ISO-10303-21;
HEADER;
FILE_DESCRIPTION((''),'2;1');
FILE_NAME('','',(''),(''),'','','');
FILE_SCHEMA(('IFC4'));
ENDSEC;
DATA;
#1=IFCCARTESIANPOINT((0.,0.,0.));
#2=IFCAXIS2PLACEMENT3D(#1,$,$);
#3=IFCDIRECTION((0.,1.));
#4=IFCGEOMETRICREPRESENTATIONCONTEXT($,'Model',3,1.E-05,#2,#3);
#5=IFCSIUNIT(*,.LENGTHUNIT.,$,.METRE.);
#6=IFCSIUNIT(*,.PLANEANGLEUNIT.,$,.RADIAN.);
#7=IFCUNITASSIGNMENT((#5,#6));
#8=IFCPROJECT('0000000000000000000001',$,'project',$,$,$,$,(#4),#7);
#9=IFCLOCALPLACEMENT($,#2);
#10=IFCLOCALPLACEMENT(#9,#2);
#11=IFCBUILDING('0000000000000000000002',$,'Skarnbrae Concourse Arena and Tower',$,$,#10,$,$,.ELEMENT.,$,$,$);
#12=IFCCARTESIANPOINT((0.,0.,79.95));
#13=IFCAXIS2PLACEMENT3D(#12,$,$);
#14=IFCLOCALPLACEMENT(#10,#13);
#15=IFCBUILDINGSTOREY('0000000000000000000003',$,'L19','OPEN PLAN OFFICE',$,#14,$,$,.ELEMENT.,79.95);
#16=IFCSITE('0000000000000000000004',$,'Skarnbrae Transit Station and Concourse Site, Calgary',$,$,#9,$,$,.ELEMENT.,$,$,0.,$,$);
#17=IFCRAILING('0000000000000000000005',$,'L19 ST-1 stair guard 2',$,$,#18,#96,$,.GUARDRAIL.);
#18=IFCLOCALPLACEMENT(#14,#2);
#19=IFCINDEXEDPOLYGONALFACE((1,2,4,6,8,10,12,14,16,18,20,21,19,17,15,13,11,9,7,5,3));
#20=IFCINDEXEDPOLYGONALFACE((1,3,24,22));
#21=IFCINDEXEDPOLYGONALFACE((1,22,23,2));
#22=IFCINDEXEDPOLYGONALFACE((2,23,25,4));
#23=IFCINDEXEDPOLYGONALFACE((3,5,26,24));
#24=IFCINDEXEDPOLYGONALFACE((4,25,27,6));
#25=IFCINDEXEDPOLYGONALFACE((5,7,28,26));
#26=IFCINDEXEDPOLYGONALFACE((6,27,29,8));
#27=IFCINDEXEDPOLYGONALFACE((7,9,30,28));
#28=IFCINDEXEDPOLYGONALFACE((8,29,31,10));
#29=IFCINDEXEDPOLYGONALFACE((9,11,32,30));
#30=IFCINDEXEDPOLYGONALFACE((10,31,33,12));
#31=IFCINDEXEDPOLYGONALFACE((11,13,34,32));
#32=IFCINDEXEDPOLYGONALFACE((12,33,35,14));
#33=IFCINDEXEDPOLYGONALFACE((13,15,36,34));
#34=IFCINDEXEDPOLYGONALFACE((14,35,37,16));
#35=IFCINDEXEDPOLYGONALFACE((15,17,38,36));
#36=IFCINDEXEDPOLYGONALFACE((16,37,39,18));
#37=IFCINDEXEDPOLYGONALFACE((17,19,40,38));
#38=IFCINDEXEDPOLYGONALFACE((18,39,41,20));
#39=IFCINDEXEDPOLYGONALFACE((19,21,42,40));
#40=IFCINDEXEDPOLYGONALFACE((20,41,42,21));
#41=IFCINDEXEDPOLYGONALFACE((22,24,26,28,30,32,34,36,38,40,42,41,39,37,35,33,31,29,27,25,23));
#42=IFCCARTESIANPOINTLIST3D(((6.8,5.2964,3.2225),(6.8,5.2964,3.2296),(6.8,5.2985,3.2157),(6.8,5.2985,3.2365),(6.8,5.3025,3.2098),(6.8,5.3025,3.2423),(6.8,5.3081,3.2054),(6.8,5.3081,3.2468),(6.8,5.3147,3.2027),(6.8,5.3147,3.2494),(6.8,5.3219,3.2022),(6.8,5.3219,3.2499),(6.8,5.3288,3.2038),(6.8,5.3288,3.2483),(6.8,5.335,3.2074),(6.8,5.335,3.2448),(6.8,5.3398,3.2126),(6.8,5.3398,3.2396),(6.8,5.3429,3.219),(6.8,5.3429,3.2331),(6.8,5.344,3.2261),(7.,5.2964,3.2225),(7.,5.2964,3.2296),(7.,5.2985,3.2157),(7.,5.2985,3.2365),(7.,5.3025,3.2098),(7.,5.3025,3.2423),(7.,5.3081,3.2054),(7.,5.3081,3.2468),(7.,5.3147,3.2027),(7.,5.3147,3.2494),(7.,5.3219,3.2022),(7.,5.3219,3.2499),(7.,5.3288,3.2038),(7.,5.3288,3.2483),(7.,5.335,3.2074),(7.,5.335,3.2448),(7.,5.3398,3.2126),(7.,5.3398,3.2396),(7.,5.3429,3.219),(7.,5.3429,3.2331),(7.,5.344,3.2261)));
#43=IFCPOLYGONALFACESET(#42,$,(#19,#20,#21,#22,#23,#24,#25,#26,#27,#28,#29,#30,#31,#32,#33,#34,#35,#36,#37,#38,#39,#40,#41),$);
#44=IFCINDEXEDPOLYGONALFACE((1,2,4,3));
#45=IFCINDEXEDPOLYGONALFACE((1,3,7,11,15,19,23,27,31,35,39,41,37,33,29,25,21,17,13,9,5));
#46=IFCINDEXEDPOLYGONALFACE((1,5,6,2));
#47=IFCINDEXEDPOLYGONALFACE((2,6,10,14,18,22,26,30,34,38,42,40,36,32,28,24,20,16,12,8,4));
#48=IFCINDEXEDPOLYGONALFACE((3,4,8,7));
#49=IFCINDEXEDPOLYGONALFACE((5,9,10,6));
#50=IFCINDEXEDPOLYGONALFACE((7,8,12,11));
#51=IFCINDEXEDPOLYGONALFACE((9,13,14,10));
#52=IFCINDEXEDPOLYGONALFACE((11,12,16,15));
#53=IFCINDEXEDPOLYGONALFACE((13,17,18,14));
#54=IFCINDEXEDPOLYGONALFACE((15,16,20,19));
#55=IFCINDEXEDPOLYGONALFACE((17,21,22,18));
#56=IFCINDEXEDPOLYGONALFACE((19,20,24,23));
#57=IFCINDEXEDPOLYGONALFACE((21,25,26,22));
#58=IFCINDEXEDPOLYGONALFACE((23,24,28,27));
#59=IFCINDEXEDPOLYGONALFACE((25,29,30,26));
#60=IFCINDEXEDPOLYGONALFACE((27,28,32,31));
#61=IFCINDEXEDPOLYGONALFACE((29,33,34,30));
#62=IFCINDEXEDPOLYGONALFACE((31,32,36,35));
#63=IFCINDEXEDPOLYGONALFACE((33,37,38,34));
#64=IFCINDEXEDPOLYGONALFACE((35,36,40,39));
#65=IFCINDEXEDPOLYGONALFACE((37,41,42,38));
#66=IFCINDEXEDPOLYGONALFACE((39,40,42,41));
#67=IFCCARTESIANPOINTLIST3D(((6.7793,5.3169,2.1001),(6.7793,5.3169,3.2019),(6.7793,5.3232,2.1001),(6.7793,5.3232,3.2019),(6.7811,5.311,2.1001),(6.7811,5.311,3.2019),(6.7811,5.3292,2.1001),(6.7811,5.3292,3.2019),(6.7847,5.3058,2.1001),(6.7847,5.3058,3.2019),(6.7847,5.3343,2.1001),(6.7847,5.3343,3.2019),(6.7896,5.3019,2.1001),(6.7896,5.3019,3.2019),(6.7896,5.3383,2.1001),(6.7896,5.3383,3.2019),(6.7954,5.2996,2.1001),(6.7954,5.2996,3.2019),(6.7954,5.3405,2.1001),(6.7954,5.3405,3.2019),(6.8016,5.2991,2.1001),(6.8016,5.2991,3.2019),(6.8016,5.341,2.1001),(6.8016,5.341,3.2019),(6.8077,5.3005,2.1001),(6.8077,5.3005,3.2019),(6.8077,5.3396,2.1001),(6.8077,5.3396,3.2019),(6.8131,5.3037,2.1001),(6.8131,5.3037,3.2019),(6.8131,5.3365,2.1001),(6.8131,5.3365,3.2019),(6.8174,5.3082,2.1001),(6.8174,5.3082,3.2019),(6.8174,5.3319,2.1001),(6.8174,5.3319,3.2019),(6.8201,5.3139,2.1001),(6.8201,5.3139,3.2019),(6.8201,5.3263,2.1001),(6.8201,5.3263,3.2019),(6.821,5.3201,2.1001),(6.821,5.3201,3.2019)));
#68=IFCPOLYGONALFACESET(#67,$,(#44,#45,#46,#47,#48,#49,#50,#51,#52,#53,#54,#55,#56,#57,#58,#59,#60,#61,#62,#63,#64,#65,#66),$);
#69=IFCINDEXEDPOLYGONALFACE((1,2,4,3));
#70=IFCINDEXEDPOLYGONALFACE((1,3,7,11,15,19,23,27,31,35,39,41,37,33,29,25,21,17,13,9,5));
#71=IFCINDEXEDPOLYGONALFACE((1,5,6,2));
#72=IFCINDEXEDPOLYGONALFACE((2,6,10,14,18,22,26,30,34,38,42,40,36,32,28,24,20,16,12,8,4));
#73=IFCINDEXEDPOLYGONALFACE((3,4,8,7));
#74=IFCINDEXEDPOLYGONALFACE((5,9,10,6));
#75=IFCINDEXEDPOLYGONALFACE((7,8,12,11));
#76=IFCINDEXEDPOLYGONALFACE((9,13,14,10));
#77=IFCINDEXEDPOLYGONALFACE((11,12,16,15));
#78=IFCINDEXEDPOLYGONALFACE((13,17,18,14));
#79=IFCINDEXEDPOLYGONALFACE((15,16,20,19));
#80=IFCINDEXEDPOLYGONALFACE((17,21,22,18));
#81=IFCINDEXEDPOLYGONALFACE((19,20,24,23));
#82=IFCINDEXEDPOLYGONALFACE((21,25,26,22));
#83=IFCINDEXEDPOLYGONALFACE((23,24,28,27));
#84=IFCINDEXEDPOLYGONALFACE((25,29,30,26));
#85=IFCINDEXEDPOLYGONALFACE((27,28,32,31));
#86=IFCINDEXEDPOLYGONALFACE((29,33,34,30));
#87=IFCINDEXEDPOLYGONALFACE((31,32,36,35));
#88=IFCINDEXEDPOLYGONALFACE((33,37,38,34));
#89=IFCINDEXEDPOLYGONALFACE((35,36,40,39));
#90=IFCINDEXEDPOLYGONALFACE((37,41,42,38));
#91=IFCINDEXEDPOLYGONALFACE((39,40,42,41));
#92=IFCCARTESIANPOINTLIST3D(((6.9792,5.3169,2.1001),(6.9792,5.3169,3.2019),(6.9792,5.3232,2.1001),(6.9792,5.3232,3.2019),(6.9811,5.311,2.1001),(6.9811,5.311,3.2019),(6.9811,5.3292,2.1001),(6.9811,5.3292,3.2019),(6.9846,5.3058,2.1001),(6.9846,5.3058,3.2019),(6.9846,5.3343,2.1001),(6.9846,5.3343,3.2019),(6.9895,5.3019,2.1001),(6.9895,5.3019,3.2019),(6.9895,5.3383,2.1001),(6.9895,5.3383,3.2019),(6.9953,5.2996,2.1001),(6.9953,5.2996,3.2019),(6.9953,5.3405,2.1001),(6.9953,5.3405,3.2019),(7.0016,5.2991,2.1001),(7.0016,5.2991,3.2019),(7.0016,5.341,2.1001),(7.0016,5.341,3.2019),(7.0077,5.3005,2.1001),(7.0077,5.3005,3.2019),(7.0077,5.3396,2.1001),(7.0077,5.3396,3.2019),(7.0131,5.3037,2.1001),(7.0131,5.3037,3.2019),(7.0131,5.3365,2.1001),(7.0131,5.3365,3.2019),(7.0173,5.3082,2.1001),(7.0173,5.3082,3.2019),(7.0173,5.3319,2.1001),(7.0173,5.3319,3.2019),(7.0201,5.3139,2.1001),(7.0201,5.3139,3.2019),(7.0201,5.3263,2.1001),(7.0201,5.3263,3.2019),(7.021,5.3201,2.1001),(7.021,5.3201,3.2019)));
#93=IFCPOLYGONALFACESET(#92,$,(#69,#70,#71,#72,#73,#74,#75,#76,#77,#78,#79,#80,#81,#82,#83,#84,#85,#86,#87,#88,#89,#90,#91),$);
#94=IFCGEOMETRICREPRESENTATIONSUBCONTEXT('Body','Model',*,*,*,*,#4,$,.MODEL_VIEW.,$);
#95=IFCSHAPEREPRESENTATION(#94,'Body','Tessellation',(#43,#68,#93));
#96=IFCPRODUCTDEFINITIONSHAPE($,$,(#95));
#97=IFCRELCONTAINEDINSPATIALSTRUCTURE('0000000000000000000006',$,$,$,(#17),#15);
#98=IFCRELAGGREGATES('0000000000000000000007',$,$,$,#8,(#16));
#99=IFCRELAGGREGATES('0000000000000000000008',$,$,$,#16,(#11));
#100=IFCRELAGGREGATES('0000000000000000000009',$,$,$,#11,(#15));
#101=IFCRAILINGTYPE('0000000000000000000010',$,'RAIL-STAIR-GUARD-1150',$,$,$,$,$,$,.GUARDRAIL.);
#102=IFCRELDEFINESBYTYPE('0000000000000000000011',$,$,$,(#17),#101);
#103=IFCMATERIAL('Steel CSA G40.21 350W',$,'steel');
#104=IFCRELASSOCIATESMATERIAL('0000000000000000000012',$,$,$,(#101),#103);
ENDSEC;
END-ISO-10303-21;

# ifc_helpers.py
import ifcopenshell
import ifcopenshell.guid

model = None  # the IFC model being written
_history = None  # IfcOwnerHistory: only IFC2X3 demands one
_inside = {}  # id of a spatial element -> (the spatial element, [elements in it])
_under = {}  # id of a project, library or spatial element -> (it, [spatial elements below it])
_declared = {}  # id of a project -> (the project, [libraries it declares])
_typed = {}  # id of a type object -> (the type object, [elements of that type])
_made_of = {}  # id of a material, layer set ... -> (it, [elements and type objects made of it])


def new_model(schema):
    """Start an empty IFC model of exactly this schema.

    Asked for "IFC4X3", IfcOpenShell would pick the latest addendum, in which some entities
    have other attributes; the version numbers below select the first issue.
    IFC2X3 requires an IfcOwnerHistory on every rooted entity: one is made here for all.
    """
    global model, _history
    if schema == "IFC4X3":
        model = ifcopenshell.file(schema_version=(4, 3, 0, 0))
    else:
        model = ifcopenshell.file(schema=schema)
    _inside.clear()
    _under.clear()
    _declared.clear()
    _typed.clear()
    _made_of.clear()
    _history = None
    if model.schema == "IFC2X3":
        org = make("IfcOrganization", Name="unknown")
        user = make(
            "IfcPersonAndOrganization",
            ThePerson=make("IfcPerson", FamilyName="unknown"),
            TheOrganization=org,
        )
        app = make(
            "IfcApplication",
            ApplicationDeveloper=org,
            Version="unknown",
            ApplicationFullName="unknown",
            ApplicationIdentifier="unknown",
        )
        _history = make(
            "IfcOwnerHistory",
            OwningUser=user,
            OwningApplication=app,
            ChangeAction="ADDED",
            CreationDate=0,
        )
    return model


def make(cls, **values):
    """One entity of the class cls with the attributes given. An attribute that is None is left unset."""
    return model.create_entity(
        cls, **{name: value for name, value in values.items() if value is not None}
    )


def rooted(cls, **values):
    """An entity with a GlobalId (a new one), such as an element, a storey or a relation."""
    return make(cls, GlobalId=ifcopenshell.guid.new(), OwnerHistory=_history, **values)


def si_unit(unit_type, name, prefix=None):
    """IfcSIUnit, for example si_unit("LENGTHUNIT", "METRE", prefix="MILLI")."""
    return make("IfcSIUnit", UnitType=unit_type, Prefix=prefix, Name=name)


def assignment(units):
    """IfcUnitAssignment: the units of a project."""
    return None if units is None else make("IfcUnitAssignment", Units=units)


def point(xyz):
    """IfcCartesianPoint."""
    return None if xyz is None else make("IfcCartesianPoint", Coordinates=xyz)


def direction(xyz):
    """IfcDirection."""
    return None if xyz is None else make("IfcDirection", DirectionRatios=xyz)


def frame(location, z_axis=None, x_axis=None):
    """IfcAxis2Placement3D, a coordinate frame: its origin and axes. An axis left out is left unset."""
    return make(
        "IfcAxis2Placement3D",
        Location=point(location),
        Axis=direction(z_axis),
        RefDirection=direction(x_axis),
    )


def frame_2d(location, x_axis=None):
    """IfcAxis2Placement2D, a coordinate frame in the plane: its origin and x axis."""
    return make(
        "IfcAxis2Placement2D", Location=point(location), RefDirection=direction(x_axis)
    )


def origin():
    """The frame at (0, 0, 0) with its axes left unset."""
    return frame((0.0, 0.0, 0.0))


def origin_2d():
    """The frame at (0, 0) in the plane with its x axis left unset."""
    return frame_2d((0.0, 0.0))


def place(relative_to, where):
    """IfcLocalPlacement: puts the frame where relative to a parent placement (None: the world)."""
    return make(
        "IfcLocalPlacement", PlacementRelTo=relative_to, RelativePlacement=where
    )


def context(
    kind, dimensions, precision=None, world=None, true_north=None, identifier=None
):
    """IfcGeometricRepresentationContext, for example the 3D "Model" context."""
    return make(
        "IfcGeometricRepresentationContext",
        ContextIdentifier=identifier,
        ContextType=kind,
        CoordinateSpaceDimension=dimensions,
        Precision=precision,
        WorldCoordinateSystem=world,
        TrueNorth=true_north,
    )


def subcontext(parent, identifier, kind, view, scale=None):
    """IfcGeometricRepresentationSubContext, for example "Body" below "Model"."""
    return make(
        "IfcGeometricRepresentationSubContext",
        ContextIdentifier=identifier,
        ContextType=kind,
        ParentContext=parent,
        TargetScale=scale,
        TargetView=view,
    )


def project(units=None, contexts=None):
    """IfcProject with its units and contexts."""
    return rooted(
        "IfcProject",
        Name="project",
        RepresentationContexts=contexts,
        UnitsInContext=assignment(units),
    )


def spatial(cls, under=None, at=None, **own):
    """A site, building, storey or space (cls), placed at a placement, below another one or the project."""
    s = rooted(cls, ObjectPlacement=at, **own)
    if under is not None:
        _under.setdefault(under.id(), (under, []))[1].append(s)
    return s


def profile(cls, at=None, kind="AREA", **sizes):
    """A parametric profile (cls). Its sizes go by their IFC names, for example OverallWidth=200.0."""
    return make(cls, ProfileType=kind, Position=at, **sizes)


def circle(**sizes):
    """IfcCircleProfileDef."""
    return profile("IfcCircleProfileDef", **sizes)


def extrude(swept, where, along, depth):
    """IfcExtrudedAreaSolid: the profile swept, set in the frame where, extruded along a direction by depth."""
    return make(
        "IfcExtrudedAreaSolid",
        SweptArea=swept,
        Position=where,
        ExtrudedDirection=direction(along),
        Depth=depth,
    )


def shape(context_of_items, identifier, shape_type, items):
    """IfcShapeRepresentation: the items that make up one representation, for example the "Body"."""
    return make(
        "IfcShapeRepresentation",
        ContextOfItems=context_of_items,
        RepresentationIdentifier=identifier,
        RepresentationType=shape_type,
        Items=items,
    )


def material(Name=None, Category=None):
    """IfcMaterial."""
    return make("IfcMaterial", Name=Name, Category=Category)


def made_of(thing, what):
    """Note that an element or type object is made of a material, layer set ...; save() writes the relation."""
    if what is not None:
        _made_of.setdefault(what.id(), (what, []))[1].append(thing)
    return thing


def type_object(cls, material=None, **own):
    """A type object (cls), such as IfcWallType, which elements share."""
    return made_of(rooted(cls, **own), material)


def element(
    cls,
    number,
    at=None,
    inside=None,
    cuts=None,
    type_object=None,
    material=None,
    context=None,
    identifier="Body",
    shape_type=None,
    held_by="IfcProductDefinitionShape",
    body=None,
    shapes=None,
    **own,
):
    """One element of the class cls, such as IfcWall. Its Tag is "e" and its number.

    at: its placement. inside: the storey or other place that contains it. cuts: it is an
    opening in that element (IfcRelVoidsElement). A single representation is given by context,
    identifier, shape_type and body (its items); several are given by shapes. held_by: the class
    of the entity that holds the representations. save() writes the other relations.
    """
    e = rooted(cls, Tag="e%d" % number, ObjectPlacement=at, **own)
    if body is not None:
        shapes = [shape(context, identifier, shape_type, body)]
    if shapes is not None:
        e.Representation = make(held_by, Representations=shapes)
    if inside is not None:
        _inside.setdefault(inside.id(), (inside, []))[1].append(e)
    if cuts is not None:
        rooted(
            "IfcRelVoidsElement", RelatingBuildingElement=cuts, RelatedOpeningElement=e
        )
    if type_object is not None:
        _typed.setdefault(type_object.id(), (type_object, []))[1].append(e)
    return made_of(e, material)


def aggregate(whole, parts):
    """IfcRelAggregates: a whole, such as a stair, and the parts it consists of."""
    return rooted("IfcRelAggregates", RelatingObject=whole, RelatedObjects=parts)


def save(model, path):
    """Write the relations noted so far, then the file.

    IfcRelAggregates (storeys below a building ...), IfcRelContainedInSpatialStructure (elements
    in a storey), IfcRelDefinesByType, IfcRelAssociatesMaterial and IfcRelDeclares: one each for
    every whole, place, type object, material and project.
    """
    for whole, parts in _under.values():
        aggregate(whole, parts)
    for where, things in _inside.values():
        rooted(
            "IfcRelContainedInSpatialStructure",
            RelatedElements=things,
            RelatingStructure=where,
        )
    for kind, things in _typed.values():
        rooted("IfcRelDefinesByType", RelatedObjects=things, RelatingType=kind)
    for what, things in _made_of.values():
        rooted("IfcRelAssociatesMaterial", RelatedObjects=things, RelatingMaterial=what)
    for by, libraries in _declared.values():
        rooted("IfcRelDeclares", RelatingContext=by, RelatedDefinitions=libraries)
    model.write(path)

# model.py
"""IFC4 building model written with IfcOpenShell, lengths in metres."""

from ifc_helpers import new_model, si_unit, direction, frame, origin, origin_2d, place, context, subcontext, project, spatial, circle, extrude, material, type_object, element, save


model = new_model("IFC4")

# Units and contexts
model_context = context("Model", 3, precision=1e-05, world=origin(), true_north=direction((0.0, 1.0)))
body_context = subcontext(model_context, "Body", "Model", "MODEL_VIEW")
ifc_project = project(units=[si_unit("LENGTHUNIT", "METRE"), si_unit("PLANEANGLEUNIT", "RADIAN")], contexts=[model_context])

# Site, building, storey
site_placement = place(None, origin())
site = spatial("IfcSite", under=ifc_project, at=site_placement, Name="Skarnbrae Transit Station and Concourse Site, Calgary", CompositionType="ELEMENT", RefElevation=0.0)
building_placement = place(site_placement, origin())
building = spatial("IfcBuilding", under=site, at=building_placement, Name="Skarnbrae Concourse Arena and Tower", CompositionType="ELEMENT")
storey_placement = place(building_placement, frame((0.0, 0.0, 79.95)))
storey = spatial("IfcBuildingStorey", under=building, at=storey_placement, Name="L19", Description="OPEN PLAN OFFICE", CompositionType="ELEMENT", Elevation=79.95)

# Shared definitions
ifc_material_1 = material(Name="Steel CSA G40.21 350W", Category="steel")

# Railing
railing_type_1 = type_object("IfcRailingType", Name="RAIL-STAIR-GUARD-1150", PredefinedType="GUARDRAIL", material=ifc_material_1)
railing_1_placement = place(storey_placement, frame((6.8, 5.3201, 2.1001)))
element("IfcRailing", 1, at=railing_1_placement, inside=storey, type_object=railing_type_1, Name="L19 ST-1 stair guard 2", PredefinedType="GUARDRAIL", context=body_context, shape_type="SweptSolid", body=[
    extrude(circle(Radius=0.0239, at=origin_2d()), frame((0.0, 0.0, 1.126), z_axis=(1.0, 0.0, 0.0), x_axis=(0.0, 1.0, 0.0)), (0.0, 0.0, 1.0), 0.2),
    extrude(circle(Radius=0.021, at=origin_2d()), origin(), (0.0, 0.0, 1.0), 1.1018),
    extrude(circle(Radius=0.021, at=origin_2d()), frame((0.2, 0.0, 0.0)), (0.0, 0.0, 1.0), 1.1018),
])

save(model, "model.ifc")
